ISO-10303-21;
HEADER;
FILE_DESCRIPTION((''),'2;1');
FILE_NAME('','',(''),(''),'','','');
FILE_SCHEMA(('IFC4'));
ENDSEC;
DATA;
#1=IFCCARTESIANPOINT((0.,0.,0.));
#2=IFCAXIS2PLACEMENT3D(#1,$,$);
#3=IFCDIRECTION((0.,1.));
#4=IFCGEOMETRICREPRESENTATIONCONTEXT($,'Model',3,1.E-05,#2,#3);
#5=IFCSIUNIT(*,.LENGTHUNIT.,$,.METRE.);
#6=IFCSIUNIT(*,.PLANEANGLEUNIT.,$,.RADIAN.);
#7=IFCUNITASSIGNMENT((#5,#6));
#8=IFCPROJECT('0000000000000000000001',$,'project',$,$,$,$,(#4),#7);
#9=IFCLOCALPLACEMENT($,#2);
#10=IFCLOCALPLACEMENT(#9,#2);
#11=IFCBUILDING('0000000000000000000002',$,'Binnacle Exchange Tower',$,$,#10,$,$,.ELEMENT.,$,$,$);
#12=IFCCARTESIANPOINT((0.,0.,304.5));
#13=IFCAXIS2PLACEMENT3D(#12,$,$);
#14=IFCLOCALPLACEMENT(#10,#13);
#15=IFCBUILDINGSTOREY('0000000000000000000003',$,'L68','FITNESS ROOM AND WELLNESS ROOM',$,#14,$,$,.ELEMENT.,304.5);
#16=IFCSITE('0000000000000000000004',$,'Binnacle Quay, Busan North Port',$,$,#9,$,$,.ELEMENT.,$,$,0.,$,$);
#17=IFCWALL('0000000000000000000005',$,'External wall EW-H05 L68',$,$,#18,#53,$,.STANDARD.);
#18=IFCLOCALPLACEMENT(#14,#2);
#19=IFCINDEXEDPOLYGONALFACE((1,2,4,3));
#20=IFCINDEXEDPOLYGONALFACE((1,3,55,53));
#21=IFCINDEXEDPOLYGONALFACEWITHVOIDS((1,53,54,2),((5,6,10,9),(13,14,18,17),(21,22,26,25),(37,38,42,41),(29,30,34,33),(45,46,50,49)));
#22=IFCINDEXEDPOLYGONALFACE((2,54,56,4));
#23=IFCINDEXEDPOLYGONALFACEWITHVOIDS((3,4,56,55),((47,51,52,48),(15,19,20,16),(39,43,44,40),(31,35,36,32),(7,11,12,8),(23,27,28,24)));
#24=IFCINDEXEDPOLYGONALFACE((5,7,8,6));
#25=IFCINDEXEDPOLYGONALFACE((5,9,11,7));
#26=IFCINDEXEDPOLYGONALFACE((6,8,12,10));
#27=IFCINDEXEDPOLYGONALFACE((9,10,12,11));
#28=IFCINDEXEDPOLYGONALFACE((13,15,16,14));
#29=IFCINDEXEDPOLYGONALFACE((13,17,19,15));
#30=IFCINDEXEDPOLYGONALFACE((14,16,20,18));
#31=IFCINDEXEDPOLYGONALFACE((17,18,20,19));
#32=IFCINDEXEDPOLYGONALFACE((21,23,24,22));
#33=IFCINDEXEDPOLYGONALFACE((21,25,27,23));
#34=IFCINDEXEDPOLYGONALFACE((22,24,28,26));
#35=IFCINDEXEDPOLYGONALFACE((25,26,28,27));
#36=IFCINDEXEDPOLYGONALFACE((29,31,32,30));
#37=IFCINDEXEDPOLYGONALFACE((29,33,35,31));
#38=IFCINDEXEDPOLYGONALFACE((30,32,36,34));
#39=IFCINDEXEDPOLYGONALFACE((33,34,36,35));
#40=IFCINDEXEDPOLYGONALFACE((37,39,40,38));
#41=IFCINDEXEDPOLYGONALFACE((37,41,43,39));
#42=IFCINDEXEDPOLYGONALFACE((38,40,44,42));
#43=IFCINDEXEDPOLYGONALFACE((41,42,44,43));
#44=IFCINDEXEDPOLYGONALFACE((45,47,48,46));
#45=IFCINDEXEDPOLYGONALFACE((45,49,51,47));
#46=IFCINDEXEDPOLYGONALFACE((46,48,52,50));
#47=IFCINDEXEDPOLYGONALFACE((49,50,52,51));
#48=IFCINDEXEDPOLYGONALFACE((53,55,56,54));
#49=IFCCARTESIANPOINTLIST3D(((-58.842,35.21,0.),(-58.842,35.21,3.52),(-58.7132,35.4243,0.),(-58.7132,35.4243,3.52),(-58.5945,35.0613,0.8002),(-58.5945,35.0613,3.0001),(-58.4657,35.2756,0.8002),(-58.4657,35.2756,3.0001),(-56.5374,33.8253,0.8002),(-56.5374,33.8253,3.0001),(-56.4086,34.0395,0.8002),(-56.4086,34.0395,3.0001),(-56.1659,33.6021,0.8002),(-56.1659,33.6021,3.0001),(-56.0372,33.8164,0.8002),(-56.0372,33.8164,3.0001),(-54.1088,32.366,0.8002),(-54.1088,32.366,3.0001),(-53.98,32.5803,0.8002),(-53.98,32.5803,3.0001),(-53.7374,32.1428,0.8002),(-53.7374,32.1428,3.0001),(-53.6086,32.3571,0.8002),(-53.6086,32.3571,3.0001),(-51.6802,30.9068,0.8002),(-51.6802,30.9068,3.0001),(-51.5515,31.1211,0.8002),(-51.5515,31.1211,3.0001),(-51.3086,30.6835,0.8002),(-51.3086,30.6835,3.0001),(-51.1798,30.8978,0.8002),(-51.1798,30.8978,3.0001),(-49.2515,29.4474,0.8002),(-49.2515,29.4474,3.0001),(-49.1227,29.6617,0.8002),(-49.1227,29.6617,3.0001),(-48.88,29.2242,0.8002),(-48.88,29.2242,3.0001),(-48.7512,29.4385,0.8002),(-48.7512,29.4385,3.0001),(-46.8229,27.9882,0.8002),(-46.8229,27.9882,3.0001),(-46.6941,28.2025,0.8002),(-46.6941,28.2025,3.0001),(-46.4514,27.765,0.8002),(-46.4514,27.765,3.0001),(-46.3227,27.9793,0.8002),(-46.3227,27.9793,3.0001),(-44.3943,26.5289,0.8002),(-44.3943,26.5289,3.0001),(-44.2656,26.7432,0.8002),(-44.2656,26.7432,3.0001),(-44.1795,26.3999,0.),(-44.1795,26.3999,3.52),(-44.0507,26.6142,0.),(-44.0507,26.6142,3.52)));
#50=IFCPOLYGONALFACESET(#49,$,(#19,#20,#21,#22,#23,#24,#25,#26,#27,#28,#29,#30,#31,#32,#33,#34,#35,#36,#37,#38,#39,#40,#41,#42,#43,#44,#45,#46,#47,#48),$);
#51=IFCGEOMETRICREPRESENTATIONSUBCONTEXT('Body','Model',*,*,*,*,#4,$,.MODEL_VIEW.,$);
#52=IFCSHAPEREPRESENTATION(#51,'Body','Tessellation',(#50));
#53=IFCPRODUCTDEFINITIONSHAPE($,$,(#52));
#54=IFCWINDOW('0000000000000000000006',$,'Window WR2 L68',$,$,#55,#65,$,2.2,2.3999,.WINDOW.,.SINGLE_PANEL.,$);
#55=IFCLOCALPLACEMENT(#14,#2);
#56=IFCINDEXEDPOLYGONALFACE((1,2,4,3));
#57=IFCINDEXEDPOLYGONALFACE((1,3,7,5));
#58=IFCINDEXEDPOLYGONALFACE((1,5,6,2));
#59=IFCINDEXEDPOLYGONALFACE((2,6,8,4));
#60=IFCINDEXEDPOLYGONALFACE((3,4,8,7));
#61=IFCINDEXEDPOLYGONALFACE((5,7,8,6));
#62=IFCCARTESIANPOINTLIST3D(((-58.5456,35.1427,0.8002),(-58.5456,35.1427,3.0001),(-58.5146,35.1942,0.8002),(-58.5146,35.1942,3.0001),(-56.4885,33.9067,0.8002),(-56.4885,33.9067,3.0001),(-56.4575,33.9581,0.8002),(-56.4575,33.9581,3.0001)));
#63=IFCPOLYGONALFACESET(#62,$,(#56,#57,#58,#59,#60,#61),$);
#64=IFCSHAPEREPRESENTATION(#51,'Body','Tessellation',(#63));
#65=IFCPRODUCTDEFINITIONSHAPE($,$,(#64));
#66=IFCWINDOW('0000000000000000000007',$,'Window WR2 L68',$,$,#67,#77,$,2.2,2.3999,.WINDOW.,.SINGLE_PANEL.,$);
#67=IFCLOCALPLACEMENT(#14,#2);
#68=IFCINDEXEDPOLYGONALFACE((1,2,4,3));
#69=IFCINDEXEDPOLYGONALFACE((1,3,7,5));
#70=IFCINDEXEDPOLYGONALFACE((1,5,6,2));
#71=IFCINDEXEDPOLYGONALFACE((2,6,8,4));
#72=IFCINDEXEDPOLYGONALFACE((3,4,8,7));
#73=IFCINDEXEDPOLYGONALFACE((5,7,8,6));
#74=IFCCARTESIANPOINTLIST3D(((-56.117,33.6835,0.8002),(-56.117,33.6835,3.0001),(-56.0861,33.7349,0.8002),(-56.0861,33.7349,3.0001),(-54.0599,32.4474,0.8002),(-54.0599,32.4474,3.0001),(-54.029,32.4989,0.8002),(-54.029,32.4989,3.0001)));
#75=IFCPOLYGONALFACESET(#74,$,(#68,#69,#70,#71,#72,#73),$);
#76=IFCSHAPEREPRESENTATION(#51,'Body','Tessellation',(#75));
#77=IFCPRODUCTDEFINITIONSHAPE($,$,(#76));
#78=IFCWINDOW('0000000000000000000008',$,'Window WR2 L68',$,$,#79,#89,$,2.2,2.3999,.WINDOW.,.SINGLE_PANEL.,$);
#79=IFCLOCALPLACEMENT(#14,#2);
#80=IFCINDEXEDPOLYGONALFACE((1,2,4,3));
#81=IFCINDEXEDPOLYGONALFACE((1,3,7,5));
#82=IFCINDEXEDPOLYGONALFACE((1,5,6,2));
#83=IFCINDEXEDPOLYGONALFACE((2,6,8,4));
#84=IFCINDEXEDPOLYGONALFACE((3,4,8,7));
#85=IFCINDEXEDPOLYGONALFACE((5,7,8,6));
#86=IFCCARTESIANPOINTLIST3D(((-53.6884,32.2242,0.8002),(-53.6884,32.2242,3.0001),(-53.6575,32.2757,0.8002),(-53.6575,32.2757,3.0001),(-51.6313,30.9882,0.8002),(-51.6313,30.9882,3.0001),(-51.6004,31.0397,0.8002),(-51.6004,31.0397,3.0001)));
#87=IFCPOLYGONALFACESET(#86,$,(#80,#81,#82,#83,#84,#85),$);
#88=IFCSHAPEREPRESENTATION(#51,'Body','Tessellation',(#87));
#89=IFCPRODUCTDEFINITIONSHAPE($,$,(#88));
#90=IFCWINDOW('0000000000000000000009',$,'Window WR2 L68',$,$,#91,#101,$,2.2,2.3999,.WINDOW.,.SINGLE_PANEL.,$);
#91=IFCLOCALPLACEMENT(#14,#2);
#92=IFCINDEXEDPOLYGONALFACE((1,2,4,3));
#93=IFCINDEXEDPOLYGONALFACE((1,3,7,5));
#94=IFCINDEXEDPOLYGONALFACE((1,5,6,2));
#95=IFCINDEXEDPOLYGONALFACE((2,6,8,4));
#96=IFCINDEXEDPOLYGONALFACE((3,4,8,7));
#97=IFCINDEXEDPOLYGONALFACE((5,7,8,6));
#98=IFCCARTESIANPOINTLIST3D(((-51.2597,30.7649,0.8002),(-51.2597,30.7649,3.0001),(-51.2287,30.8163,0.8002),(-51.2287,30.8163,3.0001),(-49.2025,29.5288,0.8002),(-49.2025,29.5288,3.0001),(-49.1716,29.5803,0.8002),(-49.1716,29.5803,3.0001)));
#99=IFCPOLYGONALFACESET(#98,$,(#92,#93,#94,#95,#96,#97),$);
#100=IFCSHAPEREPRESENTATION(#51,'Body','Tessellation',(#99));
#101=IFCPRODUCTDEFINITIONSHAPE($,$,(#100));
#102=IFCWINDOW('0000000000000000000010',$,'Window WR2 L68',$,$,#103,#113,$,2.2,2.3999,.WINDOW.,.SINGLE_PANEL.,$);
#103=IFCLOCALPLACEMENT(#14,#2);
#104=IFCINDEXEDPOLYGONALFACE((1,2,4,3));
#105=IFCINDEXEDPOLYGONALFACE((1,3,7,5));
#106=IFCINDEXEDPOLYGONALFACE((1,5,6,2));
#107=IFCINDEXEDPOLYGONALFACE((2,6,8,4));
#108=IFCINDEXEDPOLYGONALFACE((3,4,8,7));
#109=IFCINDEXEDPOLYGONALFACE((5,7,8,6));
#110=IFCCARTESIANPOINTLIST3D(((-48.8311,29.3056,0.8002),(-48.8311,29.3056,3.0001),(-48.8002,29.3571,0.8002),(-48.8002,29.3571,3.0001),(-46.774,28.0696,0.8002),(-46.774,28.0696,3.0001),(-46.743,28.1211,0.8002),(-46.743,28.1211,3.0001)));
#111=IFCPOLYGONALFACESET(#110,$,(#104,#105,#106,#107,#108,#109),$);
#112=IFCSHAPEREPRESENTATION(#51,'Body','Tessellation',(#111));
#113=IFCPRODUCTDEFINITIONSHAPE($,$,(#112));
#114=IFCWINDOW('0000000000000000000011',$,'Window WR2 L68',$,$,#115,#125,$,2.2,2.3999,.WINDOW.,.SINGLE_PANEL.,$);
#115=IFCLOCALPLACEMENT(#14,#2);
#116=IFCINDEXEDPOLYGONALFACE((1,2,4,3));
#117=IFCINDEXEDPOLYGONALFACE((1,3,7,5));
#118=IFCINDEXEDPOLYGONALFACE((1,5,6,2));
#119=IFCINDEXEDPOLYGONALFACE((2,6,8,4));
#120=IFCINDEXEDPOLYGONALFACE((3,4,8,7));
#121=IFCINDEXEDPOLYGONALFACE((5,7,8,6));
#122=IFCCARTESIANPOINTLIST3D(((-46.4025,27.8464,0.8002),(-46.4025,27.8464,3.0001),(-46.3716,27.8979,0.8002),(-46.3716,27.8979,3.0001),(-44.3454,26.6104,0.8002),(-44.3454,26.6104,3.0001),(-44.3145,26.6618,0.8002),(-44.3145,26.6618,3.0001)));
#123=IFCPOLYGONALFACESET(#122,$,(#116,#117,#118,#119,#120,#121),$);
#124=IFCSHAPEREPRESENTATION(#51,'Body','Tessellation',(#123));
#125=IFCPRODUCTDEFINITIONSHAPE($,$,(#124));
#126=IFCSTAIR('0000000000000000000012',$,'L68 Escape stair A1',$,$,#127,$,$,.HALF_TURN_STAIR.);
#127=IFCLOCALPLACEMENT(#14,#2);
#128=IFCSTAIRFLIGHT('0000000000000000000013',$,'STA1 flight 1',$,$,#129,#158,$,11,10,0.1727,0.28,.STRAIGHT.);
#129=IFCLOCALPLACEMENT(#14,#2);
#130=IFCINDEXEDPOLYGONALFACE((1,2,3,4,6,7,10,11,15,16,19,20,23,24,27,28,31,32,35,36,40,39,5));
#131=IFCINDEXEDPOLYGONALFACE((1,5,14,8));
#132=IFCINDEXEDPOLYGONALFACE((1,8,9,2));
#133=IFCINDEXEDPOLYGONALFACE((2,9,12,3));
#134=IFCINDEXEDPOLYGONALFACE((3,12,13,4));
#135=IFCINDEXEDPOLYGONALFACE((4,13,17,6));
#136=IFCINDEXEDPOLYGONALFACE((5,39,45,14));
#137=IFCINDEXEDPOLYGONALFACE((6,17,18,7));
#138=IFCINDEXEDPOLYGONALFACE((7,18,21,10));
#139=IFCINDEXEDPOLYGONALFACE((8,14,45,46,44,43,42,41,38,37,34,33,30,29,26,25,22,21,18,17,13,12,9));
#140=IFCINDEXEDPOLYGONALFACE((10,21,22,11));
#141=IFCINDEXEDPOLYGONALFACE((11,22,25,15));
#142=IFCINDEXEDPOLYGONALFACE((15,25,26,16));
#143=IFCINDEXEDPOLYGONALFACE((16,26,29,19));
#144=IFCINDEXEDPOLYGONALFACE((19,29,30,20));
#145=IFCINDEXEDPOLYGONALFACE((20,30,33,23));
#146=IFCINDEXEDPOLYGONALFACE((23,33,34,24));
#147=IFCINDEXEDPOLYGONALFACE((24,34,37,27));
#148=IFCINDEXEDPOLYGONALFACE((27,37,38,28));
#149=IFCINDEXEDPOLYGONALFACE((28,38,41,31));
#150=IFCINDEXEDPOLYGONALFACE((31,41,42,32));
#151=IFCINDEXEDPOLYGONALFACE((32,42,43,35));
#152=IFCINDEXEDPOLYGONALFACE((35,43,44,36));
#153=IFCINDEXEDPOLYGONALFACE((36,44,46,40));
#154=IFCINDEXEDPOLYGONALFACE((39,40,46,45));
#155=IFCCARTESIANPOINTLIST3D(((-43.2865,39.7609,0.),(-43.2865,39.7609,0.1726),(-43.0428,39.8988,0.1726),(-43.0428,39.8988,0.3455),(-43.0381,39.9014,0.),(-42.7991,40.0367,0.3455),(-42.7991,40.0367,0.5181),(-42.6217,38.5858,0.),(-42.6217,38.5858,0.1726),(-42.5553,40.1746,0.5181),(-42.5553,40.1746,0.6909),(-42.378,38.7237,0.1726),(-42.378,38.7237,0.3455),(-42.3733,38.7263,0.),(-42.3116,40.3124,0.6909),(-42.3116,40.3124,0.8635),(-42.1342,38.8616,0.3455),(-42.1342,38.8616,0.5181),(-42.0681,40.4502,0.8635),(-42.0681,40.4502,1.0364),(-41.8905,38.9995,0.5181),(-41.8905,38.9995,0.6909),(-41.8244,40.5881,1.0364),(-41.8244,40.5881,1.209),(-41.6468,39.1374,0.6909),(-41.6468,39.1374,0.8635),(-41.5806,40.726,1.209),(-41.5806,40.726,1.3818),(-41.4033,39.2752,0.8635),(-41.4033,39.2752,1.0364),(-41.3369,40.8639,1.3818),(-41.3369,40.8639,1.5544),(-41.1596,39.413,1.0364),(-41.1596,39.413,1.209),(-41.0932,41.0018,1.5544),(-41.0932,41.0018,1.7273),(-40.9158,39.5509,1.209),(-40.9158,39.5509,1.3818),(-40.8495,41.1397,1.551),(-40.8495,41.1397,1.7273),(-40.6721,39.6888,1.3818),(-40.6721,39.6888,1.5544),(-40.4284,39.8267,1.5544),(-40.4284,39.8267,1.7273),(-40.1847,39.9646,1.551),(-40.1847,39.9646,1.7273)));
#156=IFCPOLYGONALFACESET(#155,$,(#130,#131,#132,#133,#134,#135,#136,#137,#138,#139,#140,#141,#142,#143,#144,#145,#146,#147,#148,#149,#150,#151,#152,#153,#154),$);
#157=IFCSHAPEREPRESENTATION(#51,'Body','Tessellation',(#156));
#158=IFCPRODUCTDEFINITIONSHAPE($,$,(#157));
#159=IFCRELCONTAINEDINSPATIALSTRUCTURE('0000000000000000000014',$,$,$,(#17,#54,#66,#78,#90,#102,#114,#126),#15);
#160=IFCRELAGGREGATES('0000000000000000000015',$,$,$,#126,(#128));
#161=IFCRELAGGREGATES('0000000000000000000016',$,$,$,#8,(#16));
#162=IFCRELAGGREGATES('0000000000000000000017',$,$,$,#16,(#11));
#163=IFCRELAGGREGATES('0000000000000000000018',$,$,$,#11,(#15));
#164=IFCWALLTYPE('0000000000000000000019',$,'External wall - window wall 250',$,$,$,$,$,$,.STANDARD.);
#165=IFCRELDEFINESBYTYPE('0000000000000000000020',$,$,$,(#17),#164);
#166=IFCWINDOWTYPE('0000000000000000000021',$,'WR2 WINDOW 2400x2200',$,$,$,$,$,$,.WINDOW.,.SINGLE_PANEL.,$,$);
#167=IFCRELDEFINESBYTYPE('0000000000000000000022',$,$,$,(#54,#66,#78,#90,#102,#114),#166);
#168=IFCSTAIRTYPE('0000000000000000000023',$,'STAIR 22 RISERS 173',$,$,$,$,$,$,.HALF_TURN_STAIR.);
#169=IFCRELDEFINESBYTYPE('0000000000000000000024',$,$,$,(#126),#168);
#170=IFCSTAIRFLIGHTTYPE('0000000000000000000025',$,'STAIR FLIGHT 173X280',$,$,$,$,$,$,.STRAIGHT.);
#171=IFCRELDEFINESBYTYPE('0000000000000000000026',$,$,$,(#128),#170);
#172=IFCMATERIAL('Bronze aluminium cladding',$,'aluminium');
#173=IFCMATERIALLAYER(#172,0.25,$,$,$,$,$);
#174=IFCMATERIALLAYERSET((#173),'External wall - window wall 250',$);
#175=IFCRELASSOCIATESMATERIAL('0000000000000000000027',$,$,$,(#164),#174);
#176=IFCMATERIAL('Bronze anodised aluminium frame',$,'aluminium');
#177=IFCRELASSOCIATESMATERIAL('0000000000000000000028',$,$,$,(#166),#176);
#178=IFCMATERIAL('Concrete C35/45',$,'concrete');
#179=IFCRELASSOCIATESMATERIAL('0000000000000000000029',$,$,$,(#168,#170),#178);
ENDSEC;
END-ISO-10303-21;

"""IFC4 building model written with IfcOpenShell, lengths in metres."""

from ifc_helpers import new_model, si_unit, direction, frame, frame_2d, origin, place, context, subcontext, project, spatial, polyline, rectangle, outline, extrude, material, layer, layer_set, type_object, element, fill, aggregate, save


model = new_model("IFC4")

# Units and contexts
model_context = context("Model", 3, precision=1e-05, world=origin(), true_north=direction((0.0, 1.0)))
body_context = subcontext(model_context, "Body", "Model", "MODEL_VIEW")
ifc_project = project(units=[si_unit("LENGTHUNIT", "METRE"), si_unit("PLANEANGLEUNIT", "RADIAN")], contexts=[model_context])

# Site, building, storey
site_placement = place(None, origin())
site = spatial("IfcSite", under=ifc_project, at=site_placement, Name="Binnacle Quay, Busan North Port", CompositionType="ELEMENT", RefElevation=0.0)
building_placement = place(site_placement, origin())
building = spatial("IfcBuilding", under=site, at=building_placement, Name="Binnacle Exchange Tower", CompositionType="ELEMENT")
storey_placement = place(building_placement, frame((0.0, 0.0, 304.5)))
storey = spatial("IfcBuildingStorey", under=building, at=storey_placement, Name="L68", Description="FITNESS ROOM AND WELLNESS ROOM", CompositionType="ELEMENT", Elevation=304.5)

# Shared definitions
ifc_material_1 = material(Name="Bronze aluminium cladding", Category="aluminium")
ifc_layer_1 = layer(ifc_material_1, 0.25)
ifc_layer_set_1 = layer_set([ifc_layer_1], Name="External wall - window wall 250")
wall_type_1 = type_object("IfcWallType", Name="External wall - window wall 250", PredefinedType="STANDARD", material=ifc_layer_set_1)

# Wall, openings, windows
wall_1_placement = place(storey_placement, frame((-44.1152, 26.5071, 0.0), z_axis=(0.0, 0.0, 1.0), x_axis=(-0.857167, 0.515039, 0.0)))
wall_1 = element("IfcWall", 1, at=wall_1_placement, inside=storey, type_object=wall_type_1, Name="External wall EW-H05 L68", PredefinedType="STANDARD", context=body_context, shape_type="SweptSolid", body=[
    extrude(rectangle(XDim=17.1057, YDim=0.25, at=frame_2d((8.5527, 0.0))), origin(), (0.0, 0.0, 1.0), 3.52),
])
opening_1_placement = place(wall_1_placement, frame((14.417, 0.0, 0.8)))
opening_1 = element("IfcOpeningElement", 2, at=opening_1_placement, cuts=wall_1, PredefinedType="OPENING", context=body_context, shape_type="SweptSolid", body=[
    extrude(rectangle(XDim=2.3999, YDim=2.2, at=frame_2d((1.2, 1.1001))), frame((0.0, 0.135, 0.0), z_axis=(0.0, -1.0, 0.0), x_axis=(1.0, 0.0, 0.0)), (0.0, 0.0, 1.0), 0.27),
])
opening_2_placement = place(wall_1_placement, frame((11.5837, 0.0, 0.8)))
opening_2 = element("IfcOpeningElement", 3, at=opening_2_placement, cuts=wall_1, PredefinedType="OPENING", context=body_context, shape_type="SweptSolid", body=[
    extrude(rectangle(XDim=2.3999, YDim=2.2, at=frame_2d((1.2, 1.1001))), frame((0.0, 0.135, 0.0), z_axis=(0.0, -1.0, 0.0), x_axis=(1.0, 0.0, 0.0)), (0.0, 0.0, 1.0), 0.27),
])
opening_3_placement = place(wall_1_placement, frame((8.7505, 0.0, 0.8)))
opening_3 = element("IfcOpeningElement", 4, at=opening_3_placement, cuts=wall_1, PredefinedType="OPENING", context=body_context, shape_type="SweptSolid", body=[
    extrude(rectangle(XDim=2.3999, YDim=2.2, at=frame_2d((1.2, 1.1001))), frame((0.0, 0.135, 0.0), z_axis=(0.0, -1.0, 0.0), x_axis=(1.0, 0.0, 0.0)), (0.0, 0.0, 1.0), 0.27),
])
opening_4_placement = place(wall_1_placement, frame((5.917, 0.0, 0.8)))
opening_4 = element("IfcOpeningElement", 5, at=opening_4_placement, cuts=wall_1, PredefinedType="OPENING", context=body_context, shape_type="SweptSolid", body=[
    extrude(rectangle(XDim=2.3999, YDim=2.2, at=frame_2d((1.2, 1.1001))), frame((0.0, 0.135, 0.0), z_axis=(0.0, -1.0, 0.0), x_axis=(1.0, 0.0, 0.0)), (0.0, 0.0, 1.0), 0.27),
])
opening_5_placement = place(wall_1_placement, frame((3.0837, 0.0, 0.8)))
opening_5 = element("IfcOpeningElement", 6, at=opening_5_placement, cuts=wall_1, PredefinedType="OPENING", context=body_context, shape_type="SweptSolid", body=[
    extrude(rectangle(XDim=2.3999, YDim=2.2, at=frame_2d((1.2, 1.1001))), frame((0.0, 0.135, 0.0), z_axis=(0.0, -1.0, 0.0), x_axis=(1.0, 0.0, 0.0)), (0.0, 0.0, 1.0), 0.27),
])
opening_6_placement = place(wall_1_placement, frame((0.2505, 0.0, 0.8)))
opening_6 = element("IfcOpeningElement", 7, at=opening_6_placement, cuts=wall_1, PredefinedType="OPENING", context=body_context, shape_type="SweptSolid", body=[
    extrude(rectangle(XDim=2.3999, YDim=2.2, at=frame_2d((1.2, 1.1001))), frame((0.0, 0.135, 0.0), z_axis=(0.0, -1.0, 0.0), x_axis=(1.0, 0.0, 0.0)), (0.0, 0.0, 1.0), 0.27),
])
ifc_material_2 = material(Name="Bronze anodised aluminium frame", Category="aluminium")
window_type = type_object("IfcWindowType", Name="WR2 WINDOW 2400x2200", PartitioningType="SINGLE_PANEL", PredefinedType="WINDOW", material=ifc_material_2)
window_1_placement = place(opening_1_placement, origin())
window_1 = element("IfcWindow", 8, at=window_1_placement, inside=storey, type_object=window_type, Name="Window WR2 L68", OverallHeight=2.2, OverallWidth=2.3999, PartitioningType="SINGLE_PANEL", PredefinedType="WINDOW", context=body_context, shape_type="SweptSolid", body=[
    extrude(rectangle(XDim=2.3999, YDim=2.2, at=frame_2d((1.2, 1.1001))), frame((0.0, 0.03, 0.0), z_axis=(0.0, -1.0, 0.0), x_axis=(1.0, 0.0, 0.0)), (0.0, 0.0, 1.0), 0.0601),
])
fill(opening_1, window_1)
window_2_placement = place(opening_2_placement, origin())
window_2 = element("IfcWindow", 9, at=window_2_placement, inside=storey, type_object=window_type, Name="Window WR2 L68", OverallHeight=2.2, OverallWidth=2.3999, PartitioningType="SINGLE_PANEL", PredefinedType="WINDOW", context=body_context, shape_type="SweptSolid", body=[
    extrude(rectangle(XDim=2.3999, YDim=2.2, at=frame_2d((1.2, 1.1001))), frame((0.0, 0.03, 0.0), z_axis=(0.0, -1.0, 0.0), x_axis=(1.0, 0.0, 0.0)), (0.0, 0.0, 1.0), 0.0601),
])
fill(opening_2, window_2)
window_3_placement = place(opening_3_placement, origin())
window_3 = element("IfcWindow", 10, at=window_3_placement, inside=storey, type_object=window_type, Name="Window WR2 L68", OverallHeight=2.2, OverallWidth=2.3999, PartitioningType="SINGLE_PANEL", PredefinedType="WINDOW", context=body_context, shape_type="SweptSolid", body=[
    extrude(rectangle(XDim=2.3999, YDim=2.2, at=frame_2d((1.2, 1.1001))), frame((0.0, 0.03, 0.0), z_axis=(0.0, -1.0, 0.0), x_axis=(1.0, 0.0, 0.0)), (0.0, 0.0, 1.0), 0.0601),
])
fill(opening_3, window_3)
window_4_placement = place(opening_4_placement, origin())
window_4 = element("IfcWindow", 11, at=window_4_placement, inside=storey, type_object=window_type, Name="Window WR2 L68", OverallHeight=2.2, OverallWidth=2.3999, PartitioningType="SINGLE_PANEL", PredefinedType="WINDOW", context=body_context, shape_type="SweptSolid", body=[
    extrude(rectangle(XDim=2.3999, YDim=2.2, at=frame_2d((1.2, 1.1001))), frame((0.0, 0.03, 0.0), z_axis=(0.0, -1.0, 0.0), x_axis=(1.0, 0.0, 0.0)), (0.0, 0.0, 1.0), 0.0601),
])
fill(opening_4, window_4)
window_5_placement = place(opening_5_placement, origin())
window_5 = element("IfcWindow", 12, at=window_5_placement, inside=storey, type_object=window_type, Name="Window WR2 L68", OverallHeight=2.2, OverallWidth=2.3999, PartitioningType="SINGLE_PANEL", PredefinedType="WINDOW", context=body_context, shape_type="SweptSolid", body=[
    extrude(rectangle(XDim=2.3999, YDim=2.2, at=frame_2d((1.2, 1.1001))), frame((0.0, 0.03, 0.0), z_axis=(0.0, -1.0, 0.0), x_axis=(1.0, 0.0, 0.0)), (0.0, 0.0, 1.0), 0.0601),
])
fill(opening_5, window_5)
window_6_placement = place(opening_6_placement, origin())
window_6 = element("IfcWindow", 13, at=window_6_placement, inside=storey, type_object=window_type, Name="Window WR2 L68", OverallHeight=2.2, OverallWidth=2.3999, PartitioningType="SINGLE_PANEL", PredefinedType="WINDOW", context=body_context, shape_type="SweptSolid", body=[
    extrude(rectangle(XDim=2.3999, YDim=2.2, at=frame_2d((1.2, 1.1001))), frame((0.0, 0.03, 0.0), z_axis=(0.0, -1.0, 0.0), x_axis=(1.0, 0.0, 0.0)), (0.0, 0.0, 1.0), 0.0601),
])
fill(opening_6, window_6)

# Stair, stair flight
ifc_material_3 = material(Name="Concrete C35/45", Category="concrete")
stair_type = type_object("IfcStairType", Name="STAIR 22 RISERS 173", PredefinedType="HALF_TURN_STAIR", material=ifc_material_3)
stair_placement = place(storey_placement, origin())
stair = element("IfcStair", 14, at=stair_placement, inside=storey, type_object=stair_type, Name="L68 Escape stair A1", PredefinedType="HALF_TURN_STAIR")
stair_flight_type = type_object("IfcStairFlightType", Name="STAIR FLIGHT 173X280", PredefinedType="STRAIGHT", material=ifc_material_3)
stair_flight_placement = place(storey_placement, frame((-42.9541, 39.1733, 0.0), z_axis=(0.0, 0.0, 1.0), x_axis=(0.870356, 0.492424, 0.0)))
stair_flight = element("IfcStairFlight", 15, at=stair_flight_placement, type_object=stair_flight_type, Name="STA1 flight 1", NumberOfRisers=11, NumberOfTreads=10, PredefinedType="STRAIGHT", RiserHeight=0.1727, TreadLength=0.28, context=body_context, shape_type="SweptSolid", body=[
    extrude(outline(polyline([(0.0, 0.0), (0.0, 0.1726), (0.28, 0.1726), (0.28, 0.3455), (0.5601, 0.3455), (0.5601, 0.5181), (0.8401, 0.5181), (0.8401, 0.6909), (1.1201, 0.6909), (1.1201, 0.8635), (1.3999, 0.8635), (1.3999, 1.0364), (1.6799, 1.0364), (1.6799, 1.209), (1.96, 1.209), (1.96, 1.3818), (2.24, 1.3818), (2.24, 1.5544), (2.52, 1.5544), (2.52, 1.7273), (2.8, 1.7273), (2.8, 1.8999), (2.8, 1.551), (0.2854, 0.0), (0.0, 0.0)])), frame((0.0, 0.675, 0.0), z_axis=(0.0, -1.0, 0.0), x_axis=(1.0, 0.0, 0.0)), (0.0, 0.0, 1.0), 1.3501),
])
aggregate(stair, [stair_flight])

save(model, "model.ifc")
